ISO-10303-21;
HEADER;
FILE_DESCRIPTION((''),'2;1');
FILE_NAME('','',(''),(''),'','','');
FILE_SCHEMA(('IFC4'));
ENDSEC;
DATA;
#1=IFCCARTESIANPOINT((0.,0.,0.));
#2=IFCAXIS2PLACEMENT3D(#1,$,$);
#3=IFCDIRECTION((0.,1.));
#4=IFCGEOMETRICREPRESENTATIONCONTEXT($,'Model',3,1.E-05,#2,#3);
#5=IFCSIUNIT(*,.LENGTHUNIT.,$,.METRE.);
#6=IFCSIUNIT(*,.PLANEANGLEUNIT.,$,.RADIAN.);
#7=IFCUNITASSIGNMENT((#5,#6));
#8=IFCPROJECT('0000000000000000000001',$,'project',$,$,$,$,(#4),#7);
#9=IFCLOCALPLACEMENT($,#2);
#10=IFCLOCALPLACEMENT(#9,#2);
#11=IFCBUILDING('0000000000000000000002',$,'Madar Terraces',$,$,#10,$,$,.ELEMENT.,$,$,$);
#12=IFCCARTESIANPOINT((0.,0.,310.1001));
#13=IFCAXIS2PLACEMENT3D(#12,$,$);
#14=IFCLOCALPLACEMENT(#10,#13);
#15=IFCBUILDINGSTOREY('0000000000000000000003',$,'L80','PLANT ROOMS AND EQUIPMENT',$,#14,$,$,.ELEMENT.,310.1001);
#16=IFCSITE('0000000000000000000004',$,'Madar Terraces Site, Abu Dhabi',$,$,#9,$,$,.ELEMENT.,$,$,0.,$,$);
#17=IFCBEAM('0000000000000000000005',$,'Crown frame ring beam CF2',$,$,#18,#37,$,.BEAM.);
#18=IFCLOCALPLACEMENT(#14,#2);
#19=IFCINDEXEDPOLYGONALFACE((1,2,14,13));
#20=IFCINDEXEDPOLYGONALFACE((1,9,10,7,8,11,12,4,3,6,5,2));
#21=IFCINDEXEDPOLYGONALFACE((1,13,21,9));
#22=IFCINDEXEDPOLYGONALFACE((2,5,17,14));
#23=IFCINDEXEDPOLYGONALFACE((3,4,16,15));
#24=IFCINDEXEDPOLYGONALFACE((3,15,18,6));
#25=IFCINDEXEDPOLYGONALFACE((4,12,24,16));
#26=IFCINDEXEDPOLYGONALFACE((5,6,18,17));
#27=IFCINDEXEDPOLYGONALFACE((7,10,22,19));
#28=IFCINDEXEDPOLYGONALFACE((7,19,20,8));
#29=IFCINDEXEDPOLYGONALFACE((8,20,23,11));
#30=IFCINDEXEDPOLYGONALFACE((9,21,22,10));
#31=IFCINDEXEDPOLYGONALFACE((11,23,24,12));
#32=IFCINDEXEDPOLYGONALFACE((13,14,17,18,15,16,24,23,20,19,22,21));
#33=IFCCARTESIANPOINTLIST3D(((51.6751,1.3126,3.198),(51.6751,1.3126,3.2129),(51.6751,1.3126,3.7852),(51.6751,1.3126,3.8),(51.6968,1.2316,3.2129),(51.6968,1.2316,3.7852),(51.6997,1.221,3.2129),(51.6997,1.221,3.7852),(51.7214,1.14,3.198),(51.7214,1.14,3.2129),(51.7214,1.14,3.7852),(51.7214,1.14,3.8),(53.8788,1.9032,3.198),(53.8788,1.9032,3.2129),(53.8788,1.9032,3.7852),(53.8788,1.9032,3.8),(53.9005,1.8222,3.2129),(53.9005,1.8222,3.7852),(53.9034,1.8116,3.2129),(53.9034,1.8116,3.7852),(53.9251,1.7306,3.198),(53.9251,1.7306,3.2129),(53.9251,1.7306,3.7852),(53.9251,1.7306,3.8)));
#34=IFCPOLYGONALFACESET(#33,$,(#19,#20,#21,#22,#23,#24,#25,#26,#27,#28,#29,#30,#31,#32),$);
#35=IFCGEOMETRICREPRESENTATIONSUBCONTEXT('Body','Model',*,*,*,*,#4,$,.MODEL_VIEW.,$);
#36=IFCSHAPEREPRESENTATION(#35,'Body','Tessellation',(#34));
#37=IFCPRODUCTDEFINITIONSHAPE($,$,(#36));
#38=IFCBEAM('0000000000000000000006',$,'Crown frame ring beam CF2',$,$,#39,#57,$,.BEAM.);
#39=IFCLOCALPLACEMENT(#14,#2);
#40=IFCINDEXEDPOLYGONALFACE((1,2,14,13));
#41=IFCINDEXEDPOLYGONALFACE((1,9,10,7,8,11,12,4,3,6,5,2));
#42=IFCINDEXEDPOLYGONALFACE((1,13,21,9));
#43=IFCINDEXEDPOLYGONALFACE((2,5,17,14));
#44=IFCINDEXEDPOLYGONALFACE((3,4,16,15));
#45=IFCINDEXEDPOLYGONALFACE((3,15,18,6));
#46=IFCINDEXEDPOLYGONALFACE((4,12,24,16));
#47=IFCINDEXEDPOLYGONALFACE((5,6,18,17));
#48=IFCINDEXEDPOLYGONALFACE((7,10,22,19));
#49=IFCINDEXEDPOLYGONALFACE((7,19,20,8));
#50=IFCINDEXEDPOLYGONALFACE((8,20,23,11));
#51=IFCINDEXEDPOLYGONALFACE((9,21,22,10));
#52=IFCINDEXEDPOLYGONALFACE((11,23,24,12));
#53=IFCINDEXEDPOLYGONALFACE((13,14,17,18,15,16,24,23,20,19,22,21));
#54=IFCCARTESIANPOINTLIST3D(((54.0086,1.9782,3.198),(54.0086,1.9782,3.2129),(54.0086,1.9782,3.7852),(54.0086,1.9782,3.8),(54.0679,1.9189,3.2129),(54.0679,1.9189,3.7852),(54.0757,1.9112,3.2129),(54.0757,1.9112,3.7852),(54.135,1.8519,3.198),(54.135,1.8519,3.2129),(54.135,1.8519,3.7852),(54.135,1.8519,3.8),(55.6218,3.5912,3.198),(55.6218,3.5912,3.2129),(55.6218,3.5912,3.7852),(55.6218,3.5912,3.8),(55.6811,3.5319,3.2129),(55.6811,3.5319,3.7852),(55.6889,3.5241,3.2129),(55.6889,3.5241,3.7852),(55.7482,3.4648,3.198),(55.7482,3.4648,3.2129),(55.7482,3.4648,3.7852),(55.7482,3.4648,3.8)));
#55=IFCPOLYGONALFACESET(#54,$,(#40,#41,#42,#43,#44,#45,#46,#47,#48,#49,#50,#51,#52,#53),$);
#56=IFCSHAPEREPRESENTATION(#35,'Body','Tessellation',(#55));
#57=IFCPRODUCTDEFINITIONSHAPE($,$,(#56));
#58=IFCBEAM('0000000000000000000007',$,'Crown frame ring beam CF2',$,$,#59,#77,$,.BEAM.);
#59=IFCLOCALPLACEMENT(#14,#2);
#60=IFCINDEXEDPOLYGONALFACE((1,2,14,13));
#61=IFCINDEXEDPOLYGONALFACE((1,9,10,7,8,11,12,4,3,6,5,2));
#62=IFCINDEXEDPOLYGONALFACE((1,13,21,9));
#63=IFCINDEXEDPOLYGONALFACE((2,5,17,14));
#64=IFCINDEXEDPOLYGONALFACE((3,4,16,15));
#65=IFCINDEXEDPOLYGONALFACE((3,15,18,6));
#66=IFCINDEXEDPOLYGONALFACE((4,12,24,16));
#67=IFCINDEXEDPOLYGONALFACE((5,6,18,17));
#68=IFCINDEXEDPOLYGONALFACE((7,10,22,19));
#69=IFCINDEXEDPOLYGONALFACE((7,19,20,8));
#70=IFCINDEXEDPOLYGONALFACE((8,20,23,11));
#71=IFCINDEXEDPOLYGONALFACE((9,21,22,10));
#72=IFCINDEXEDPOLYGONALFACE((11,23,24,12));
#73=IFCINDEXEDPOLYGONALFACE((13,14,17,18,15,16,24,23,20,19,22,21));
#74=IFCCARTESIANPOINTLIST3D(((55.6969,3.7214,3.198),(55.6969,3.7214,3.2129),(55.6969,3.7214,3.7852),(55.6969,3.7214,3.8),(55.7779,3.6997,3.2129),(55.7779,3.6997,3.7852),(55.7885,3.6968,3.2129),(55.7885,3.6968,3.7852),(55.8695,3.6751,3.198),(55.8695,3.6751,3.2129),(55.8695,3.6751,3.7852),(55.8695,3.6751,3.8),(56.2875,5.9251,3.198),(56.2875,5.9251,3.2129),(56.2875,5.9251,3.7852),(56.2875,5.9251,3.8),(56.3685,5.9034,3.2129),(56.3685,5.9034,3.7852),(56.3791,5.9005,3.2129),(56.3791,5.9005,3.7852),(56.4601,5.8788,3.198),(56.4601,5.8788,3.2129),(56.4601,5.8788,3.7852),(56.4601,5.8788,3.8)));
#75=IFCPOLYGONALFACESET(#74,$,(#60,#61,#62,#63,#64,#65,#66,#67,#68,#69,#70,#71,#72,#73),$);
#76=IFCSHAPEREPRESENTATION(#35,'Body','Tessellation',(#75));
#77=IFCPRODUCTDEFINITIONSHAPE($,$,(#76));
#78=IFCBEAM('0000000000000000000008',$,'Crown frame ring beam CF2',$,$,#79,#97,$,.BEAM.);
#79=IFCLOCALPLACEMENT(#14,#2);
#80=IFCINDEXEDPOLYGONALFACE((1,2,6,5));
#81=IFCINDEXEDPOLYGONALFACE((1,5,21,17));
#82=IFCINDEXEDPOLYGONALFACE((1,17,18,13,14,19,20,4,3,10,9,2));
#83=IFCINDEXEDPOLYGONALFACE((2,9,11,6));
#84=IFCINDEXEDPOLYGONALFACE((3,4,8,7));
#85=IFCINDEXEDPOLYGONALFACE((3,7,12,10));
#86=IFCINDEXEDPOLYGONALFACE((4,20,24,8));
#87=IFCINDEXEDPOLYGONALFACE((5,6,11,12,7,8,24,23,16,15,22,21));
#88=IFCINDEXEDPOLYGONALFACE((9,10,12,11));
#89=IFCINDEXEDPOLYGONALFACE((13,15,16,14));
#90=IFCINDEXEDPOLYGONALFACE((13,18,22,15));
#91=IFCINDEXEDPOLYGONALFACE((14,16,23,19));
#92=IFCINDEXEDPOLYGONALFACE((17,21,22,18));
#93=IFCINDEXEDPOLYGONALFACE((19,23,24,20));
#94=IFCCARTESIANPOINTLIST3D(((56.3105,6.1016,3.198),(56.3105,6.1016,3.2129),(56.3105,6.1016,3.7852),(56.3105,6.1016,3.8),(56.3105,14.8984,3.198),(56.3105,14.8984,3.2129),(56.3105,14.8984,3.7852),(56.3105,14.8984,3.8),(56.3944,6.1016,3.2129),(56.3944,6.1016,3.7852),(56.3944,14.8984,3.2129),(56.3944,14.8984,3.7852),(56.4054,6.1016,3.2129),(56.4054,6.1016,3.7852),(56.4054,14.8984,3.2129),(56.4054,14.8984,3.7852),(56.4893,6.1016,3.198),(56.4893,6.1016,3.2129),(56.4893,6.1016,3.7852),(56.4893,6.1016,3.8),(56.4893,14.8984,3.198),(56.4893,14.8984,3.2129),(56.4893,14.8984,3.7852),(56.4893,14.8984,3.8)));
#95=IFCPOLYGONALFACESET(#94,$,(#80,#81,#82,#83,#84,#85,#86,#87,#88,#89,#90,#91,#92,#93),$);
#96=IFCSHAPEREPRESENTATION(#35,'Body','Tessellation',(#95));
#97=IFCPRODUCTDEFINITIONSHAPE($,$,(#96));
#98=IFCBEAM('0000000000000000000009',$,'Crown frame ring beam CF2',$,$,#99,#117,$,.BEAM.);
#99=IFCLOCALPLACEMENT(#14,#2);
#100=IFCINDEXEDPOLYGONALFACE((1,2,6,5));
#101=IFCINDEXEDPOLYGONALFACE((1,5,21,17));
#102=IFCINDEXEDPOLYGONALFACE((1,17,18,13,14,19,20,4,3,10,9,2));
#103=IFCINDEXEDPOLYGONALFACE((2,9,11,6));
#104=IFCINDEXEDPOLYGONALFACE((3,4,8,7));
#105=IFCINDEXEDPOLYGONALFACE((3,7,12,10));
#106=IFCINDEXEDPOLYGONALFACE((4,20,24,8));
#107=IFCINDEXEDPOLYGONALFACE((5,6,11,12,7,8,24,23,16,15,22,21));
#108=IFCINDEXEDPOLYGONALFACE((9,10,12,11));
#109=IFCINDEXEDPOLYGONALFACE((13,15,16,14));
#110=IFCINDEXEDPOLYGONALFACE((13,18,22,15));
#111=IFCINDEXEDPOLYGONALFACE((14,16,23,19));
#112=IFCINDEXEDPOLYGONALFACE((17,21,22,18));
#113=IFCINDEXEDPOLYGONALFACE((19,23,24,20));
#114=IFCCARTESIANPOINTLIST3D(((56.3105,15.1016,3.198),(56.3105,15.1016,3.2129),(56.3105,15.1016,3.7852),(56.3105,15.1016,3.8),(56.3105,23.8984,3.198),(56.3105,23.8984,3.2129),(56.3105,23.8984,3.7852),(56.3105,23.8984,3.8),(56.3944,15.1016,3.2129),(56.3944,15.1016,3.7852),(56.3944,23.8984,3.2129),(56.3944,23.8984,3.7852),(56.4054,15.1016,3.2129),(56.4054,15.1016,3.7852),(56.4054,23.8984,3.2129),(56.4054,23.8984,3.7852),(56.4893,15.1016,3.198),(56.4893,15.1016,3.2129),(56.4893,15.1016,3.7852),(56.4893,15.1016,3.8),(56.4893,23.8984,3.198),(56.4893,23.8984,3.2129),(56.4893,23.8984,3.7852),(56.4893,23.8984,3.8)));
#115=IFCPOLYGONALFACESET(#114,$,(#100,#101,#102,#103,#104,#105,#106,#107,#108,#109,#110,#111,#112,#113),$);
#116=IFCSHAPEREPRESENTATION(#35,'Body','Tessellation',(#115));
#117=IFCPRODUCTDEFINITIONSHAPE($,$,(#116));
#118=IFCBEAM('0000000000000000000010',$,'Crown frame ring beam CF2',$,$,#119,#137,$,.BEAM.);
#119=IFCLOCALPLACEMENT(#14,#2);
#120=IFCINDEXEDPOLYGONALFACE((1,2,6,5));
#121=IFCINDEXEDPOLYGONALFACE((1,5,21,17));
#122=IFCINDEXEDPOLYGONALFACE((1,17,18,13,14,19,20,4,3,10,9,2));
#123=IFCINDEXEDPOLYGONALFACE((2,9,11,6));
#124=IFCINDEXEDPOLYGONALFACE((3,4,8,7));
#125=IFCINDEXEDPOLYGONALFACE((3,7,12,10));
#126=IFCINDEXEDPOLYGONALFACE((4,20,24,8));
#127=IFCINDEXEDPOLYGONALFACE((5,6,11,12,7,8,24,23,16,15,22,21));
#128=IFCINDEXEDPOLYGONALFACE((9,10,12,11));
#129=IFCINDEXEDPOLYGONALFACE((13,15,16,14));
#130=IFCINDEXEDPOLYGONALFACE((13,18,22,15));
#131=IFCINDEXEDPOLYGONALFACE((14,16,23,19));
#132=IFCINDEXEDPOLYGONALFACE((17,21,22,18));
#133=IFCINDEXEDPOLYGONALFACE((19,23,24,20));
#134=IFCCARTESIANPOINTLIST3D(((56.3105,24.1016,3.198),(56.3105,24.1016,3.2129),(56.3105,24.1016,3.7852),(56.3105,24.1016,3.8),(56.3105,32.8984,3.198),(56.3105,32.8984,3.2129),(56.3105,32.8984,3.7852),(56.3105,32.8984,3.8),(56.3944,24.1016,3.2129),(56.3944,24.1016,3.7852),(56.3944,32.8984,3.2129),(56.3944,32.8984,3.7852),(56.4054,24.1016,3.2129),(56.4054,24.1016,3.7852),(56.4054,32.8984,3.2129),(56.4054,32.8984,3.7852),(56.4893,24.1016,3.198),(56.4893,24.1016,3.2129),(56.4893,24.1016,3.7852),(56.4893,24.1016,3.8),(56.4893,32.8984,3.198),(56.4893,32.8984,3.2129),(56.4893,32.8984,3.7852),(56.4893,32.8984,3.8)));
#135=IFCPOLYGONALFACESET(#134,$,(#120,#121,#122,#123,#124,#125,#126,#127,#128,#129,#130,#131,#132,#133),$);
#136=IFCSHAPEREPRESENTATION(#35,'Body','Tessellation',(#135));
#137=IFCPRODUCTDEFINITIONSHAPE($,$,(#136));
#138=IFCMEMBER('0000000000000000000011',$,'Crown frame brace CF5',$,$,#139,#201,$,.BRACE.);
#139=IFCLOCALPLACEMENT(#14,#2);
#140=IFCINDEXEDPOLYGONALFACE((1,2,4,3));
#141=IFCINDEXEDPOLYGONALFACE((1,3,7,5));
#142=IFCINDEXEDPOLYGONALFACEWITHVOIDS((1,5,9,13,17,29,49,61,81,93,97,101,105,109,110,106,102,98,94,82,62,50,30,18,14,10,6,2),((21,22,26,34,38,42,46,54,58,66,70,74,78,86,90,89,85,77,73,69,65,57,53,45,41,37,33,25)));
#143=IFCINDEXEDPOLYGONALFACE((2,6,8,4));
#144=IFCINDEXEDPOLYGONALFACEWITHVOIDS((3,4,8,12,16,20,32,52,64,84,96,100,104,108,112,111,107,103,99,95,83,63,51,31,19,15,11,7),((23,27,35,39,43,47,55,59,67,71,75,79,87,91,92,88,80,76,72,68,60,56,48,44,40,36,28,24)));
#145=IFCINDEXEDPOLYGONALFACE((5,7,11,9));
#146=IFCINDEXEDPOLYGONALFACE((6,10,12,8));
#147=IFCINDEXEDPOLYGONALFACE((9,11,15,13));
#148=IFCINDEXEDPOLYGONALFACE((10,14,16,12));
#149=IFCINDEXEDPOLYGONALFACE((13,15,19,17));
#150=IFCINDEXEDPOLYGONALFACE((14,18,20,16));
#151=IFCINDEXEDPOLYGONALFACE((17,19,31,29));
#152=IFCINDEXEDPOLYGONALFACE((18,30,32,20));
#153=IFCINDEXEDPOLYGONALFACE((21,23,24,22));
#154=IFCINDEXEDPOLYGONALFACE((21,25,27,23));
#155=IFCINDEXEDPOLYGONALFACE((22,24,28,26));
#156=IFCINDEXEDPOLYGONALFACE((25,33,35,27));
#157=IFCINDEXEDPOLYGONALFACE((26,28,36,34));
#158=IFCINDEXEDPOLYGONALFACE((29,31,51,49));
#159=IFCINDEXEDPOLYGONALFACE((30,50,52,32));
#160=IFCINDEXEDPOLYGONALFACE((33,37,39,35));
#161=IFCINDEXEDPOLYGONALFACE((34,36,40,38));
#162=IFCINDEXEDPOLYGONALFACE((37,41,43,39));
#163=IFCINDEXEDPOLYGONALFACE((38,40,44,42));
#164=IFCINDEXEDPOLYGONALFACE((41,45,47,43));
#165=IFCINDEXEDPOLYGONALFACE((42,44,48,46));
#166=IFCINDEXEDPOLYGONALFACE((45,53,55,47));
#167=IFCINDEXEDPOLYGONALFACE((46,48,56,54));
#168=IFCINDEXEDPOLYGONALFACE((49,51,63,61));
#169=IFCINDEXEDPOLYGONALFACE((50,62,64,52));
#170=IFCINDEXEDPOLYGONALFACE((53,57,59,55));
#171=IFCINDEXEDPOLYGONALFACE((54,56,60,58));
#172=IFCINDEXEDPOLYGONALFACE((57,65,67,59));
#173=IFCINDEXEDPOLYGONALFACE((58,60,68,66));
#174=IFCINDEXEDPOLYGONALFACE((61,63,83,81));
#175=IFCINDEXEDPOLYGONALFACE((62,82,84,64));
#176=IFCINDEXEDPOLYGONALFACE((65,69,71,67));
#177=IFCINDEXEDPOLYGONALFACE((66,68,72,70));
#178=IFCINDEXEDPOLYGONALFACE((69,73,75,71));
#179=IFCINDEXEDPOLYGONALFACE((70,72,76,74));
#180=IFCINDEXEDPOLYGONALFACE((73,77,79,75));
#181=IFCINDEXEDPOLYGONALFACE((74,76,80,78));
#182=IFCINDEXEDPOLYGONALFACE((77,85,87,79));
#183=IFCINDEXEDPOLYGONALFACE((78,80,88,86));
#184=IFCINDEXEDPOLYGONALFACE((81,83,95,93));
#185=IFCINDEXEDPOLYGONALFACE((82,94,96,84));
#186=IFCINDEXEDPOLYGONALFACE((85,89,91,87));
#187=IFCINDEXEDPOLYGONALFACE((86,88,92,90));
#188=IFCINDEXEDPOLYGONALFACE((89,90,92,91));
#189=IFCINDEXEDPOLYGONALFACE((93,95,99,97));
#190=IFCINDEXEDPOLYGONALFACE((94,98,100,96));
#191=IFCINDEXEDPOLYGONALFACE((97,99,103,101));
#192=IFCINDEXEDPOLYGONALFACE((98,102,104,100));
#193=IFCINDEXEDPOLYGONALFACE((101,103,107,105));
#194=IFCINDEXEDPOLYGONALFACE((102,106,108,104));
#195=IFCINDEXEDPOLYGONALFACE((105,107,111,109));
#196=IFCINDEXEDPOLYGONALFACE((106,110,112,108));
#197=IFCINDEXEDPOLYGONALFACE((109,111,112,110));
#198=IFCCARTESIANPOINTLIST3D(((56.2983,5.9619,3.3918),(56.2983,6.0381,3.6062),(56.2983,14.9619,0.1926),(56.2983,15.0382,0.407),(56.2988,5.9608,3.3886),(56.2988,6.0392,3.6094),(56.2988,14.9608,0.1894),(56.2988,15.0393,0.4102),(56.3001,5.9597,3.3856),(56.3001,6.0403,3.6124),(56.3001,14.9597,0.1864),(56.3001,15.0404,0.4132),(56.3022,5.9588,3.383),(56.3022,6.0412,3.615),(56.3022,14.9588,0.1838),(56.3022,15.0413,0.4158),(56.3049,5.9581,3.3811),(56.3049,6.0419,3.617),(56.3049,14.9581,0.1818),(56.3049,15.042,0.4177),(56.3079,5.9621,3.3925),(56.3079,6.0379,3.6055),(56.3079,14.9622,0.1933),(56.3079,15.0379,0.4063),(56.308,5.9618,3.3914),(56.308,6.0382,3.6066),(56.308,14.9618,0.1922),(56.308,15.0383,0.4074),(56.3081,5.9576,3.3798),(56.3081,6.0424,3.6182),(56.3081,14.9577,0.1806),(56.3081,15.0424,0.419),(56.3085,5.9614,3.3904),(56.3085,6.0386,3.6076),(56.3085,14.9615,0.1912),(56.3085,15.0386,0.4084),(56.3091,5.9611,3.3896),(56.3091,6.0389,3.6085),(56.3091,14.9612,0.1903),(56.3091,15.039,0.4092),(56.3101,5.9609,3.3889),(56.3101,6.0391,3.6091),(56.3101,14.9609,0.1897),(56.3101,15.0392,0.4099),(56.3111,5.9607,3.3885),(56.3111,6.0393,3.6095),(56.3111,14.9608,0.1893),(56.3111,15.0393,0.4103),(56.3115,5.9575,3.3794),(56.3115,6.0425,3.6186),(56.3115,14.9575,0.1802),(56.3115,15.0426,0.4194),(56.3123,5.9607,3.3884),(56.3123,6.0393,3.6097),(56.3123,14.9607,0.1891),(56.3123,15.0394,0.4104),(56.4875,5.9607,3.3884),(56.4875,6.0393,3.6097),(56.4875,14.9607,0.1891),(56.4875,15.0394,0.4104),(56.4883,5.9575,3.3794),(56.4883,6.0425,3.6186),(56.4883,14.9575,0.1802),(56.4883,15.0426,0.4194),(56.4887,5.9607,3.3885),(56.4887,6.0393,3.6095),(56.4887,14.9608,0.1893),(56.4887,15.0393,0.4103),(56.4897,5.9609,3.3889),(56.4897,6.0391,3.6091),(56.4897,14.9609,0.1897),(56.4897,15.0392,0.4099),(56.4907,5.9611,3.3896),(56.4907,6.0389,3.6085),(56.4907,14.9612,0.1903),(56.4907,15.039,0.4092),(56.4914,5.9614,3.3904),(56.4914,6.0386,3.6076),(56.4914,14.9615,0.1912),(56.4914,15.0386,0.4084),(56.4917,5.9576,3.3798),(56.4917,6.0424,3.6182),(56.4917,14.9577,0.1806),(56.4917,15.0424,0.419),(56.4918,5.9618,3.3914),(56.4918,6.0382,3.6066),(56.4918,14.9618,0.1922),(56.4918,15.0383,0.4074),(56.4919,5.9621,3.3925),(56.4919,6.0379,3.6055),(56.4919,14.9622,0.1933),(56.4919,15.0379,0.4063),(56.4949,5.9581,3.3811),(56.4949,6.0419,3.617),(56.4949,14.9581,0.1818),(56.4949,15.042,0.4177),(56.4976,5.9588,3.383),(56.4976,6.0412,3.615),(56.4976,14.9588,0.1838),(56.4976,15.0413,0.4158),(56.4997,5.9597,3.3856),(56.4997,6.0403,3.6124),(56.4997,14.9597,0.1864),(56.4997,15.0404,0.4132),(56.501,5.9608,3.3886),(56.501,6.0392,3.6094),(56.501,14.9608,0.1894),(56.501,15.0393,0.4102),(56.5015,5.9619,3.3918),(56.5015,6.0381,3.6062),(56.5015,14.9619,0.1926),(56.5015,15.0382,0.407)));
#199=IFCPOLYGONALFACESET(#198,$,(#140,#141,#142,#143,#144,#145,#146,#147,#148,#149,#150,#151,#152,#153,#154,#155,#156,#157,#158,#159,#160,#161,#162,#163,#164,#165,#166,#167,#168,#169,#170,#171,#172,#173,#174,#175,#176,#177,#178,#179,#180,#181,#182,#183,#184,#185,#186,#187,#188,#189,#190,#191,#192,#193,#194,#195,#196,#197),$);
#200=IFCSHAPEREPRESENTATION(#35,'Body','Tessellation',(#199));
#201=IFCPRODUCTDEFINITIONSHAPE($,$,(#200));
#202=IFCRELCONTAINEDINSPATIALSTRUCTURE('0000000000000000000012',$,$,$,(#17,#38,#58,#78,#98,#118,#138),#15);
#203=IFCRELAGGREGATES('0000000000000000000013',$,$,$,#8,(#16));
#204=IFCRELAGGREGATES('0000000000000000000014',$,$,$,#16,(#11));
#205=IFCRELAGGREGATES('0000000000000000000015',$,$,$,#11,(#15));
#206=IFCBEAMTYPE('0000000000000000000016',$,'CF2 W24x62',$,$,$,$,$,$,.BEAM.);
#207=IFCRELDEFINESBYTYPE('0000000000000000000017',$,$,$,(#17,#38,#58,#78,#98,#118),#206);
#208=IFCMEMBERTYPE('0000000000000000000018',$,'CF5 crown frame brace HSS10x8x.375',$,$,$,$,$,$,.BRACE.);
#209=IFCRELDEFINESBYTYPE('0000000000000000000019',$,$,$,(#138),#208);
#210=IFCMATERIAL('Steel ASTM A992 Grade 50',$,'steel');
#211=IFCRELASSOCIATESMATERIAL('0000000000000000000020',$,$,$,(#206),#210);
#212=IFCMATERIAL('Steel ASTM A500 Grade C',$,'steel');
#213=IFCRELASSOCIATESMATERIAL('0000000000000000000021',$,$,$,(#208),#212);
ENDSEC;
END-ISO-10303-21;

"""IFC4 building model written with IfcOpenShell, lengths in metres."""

from ifc_helpers import new_model, si_unit, direction, frame, origin, origin_2d, place, context, subcontext, project, spatial, hollow_rectangle, i_section, extrude, material, material_profile, profile_set, type_object, element, save


model = new_model("IFC4")

# Units and contexts
model_context = context("Model", 3, precision=1e-05, world=origin(), true_north=direction((0.0, 1.0)))
body_context = subcontext(model_context, "Body", "Model", "MODEL_VIEW")
ifc_project = project(units=[si_unit("LENGTHUNIT", "METRE"), si_unit("PLANEANGLEUNIT", "RADIAN")], contexts=[model_context])

# Site, building, storey
site_placement = place(None, origin())
site = spatial("IfcSite", under=ifc_project, at=site_placement, Name="Madar Terraces Site, Abu Dhabi", CompositionType="ELEMENT", RefElevation=0.0)
building_placement = place(site_placement, origin())
building = spatial("IfcBuilding", under=site, at=building_placement, Name="Madar Terraces", CompositionType="ELEMENT")
storey_placement = place(building_placement, frame((0.0, 0.0, 310.1001)))
storey = spatial("IfcBuildingStorey", under=building, at=storey_placement, Name="L80", Description="PLANT ROOMS AND EQUIPMENT", CompositionType="ELEMENT", Elevation=310.1001)

# Beams
ifc_material_1 = material(Name="Steel ASTM A992 Grade 50", Category="steel")
ifc_material_profile_1 = material_profile(ifc_material_1, i_section(OverallWidth=0.1787, OverallDepth=0.6021, WebThickness=0.011, FlangeThickness=0.0149, at=origin_2d()), Name="W24x62")
ifc_profile_set_1 = profile_set([ifc_material_profile_1], Name="Steel ASTM A992 Grade 50")
beam_type = type_object("IfcBeamType", Name="CF2 W24x62", PredefinedType="BEAM", material=ifc_profile_set_1)
beam_1_placement = place(storey_placement, frame((51.6982, 1.2263, 3.499), z_axis=(0.965913, 0.258868, 0.0), x_axis=(-0.258868, 0.965913, 0.0)))
element("IfcBeam", 1, at=beam_1_placement, inside=storey, type_object=beam_type, Name="Crown frame ring beam CF2", PredefinedType="BEAM", context=body_context, shape_type="SweptSolid", body=[
    extrude(i_section(OverallWidth=0.1787, OverallDepth=0.6021, WebThickness=0.011, FlangeThickness=0.0149, at=origin_2d()), origin(), (0.0, 0.0, 1.0), 2.2815),
])
beam_2_placement = place(storey_placement, frame((54.0718, 1.915, 3.499), z_axis=(0.70716, 0.707053, 0.0), x_axis=(-0.707053, 0.70716, 0.0)))
element("IfcBeam", 2, at=beam_2_placement, inside=storey, type_object=beam_type, Name="Crown frame ring beam CF2", PredefinedType="BEAM", context=body_context, shape_type="SweptSolid", body=[
    extrude(i_section(OverallWidth=0.1787, OverallDepth=0.6021, WebThickness=0.011, FlangeThickness=0.0149, at=origin_2d()), origin(), (0.0, 0.0, 1.0), 2.2812),
])
beam_3_placement = place(storey_placement, frame((55.7832, 3.6982, 3.499), z_axis=(0.258868, 0.965913, 0.0), x_axis=(-0.965913, 0.258868, 0.0)))
element("IfcBeam", 3, at=beam_3_placement, inside=storey, type_object=beam_type, Name="Crown frame ring beam CF2", PredefinedType="BEAM", context=body_context, shape_type="SweptSolid", body=[
    extrude(i_section(OverallWidth=0.1787, OverallDepth=0.6021, WebThickness=0.011, FlangeThickness=0.0149, at=origin_2d()), origin(), (0.0, 0.0, 1.0), 2.2815),
])
for number, where, z_axis, x_axis, name in (
    (4, (56.3999, 6.1016, 3.499), (0.0, 1.0, 0.0), (-1.0, 0.0, 0.0), "Crown frame ring beam CF2"),
    (5, (56.3999, 15.1016, 3.499), (0.0, 1.0, 0.0), (-1.0, 0.0, 0.0), "Crown frame ring beam CF2"),
    (6, (56.3999, 24.1016, 3.499), (0.0, 1.0, 0.0), (-1.0, 0.0, 0.0), "Crown frame ring beam CF2"),
):
    element("IfcBeam", number, at=place(storey_placement, frame(where, z_axis=z_axis, x_axis=x_axis)), inside=storey, type_object=beam_type, Name=name, PredefinedType="BEAM", context=body_context, shape_type="SweptSolid", body=[
        extrude(i_section(OverallWidth=0.1787, OverallDepth=0.6021, WebThickness=0.011, FlangeThickness=0.0149, at=origin_2d()), origin(), (0.0, 0.0, 1.0), 8.7969),
    ])

# Member
ifc_material_2 = material(Name="Steel ASTM A500 Grade C", Category="steel")
ifc_material_profile_2 = material_profile(ifc_material_2, hollow_rectangle(XDim=0.2031, YDim=0.2539, WallThickness=0.0095, InnerFilletRadius=0.0044, OuterFilletRadius=0.0132, at=origin_2d()), Name="HSS10x8x.375")
ifc_profile_set_2 = profile_set([ifc_material_profile_2], Name="Steel ASTM A500 Grade C")
member_type_1 = type_object("IfcMemberType", Name="CF5 crown frame brace HSS10x8x.375", PredefinedType="BRACE", material=ifc_profile_set_2)
for number, where, z_axis, x_axis, name in (
    (7, (56.3999, 6.0, 3.499), (0.0, 0.942241, -0.334937), (-1.0, 0.0, 0.0), "Crown frame brace CF5"),
):
    element("IfcMember", number, at=place(storey_placement, frame(where, z_axis=z_axis, x_axis=x_axis)), inside=storey, type_object=member_type_1, Name=name, PredefinedType="BRACE", context=body_context, shape_type="SweptSolid", body=[
        extrude(hollow_rectangle(XDim=0.2031, YDim=0.2539, WallThickness=0.0095, InnerFilletRadius=0.0044, OuterFilletRadius=0.0132, at=origin_2d()), origin(), (0.0, 0.0, 1.0), 9.5518),
    ])

save(model, "model.ifc")
